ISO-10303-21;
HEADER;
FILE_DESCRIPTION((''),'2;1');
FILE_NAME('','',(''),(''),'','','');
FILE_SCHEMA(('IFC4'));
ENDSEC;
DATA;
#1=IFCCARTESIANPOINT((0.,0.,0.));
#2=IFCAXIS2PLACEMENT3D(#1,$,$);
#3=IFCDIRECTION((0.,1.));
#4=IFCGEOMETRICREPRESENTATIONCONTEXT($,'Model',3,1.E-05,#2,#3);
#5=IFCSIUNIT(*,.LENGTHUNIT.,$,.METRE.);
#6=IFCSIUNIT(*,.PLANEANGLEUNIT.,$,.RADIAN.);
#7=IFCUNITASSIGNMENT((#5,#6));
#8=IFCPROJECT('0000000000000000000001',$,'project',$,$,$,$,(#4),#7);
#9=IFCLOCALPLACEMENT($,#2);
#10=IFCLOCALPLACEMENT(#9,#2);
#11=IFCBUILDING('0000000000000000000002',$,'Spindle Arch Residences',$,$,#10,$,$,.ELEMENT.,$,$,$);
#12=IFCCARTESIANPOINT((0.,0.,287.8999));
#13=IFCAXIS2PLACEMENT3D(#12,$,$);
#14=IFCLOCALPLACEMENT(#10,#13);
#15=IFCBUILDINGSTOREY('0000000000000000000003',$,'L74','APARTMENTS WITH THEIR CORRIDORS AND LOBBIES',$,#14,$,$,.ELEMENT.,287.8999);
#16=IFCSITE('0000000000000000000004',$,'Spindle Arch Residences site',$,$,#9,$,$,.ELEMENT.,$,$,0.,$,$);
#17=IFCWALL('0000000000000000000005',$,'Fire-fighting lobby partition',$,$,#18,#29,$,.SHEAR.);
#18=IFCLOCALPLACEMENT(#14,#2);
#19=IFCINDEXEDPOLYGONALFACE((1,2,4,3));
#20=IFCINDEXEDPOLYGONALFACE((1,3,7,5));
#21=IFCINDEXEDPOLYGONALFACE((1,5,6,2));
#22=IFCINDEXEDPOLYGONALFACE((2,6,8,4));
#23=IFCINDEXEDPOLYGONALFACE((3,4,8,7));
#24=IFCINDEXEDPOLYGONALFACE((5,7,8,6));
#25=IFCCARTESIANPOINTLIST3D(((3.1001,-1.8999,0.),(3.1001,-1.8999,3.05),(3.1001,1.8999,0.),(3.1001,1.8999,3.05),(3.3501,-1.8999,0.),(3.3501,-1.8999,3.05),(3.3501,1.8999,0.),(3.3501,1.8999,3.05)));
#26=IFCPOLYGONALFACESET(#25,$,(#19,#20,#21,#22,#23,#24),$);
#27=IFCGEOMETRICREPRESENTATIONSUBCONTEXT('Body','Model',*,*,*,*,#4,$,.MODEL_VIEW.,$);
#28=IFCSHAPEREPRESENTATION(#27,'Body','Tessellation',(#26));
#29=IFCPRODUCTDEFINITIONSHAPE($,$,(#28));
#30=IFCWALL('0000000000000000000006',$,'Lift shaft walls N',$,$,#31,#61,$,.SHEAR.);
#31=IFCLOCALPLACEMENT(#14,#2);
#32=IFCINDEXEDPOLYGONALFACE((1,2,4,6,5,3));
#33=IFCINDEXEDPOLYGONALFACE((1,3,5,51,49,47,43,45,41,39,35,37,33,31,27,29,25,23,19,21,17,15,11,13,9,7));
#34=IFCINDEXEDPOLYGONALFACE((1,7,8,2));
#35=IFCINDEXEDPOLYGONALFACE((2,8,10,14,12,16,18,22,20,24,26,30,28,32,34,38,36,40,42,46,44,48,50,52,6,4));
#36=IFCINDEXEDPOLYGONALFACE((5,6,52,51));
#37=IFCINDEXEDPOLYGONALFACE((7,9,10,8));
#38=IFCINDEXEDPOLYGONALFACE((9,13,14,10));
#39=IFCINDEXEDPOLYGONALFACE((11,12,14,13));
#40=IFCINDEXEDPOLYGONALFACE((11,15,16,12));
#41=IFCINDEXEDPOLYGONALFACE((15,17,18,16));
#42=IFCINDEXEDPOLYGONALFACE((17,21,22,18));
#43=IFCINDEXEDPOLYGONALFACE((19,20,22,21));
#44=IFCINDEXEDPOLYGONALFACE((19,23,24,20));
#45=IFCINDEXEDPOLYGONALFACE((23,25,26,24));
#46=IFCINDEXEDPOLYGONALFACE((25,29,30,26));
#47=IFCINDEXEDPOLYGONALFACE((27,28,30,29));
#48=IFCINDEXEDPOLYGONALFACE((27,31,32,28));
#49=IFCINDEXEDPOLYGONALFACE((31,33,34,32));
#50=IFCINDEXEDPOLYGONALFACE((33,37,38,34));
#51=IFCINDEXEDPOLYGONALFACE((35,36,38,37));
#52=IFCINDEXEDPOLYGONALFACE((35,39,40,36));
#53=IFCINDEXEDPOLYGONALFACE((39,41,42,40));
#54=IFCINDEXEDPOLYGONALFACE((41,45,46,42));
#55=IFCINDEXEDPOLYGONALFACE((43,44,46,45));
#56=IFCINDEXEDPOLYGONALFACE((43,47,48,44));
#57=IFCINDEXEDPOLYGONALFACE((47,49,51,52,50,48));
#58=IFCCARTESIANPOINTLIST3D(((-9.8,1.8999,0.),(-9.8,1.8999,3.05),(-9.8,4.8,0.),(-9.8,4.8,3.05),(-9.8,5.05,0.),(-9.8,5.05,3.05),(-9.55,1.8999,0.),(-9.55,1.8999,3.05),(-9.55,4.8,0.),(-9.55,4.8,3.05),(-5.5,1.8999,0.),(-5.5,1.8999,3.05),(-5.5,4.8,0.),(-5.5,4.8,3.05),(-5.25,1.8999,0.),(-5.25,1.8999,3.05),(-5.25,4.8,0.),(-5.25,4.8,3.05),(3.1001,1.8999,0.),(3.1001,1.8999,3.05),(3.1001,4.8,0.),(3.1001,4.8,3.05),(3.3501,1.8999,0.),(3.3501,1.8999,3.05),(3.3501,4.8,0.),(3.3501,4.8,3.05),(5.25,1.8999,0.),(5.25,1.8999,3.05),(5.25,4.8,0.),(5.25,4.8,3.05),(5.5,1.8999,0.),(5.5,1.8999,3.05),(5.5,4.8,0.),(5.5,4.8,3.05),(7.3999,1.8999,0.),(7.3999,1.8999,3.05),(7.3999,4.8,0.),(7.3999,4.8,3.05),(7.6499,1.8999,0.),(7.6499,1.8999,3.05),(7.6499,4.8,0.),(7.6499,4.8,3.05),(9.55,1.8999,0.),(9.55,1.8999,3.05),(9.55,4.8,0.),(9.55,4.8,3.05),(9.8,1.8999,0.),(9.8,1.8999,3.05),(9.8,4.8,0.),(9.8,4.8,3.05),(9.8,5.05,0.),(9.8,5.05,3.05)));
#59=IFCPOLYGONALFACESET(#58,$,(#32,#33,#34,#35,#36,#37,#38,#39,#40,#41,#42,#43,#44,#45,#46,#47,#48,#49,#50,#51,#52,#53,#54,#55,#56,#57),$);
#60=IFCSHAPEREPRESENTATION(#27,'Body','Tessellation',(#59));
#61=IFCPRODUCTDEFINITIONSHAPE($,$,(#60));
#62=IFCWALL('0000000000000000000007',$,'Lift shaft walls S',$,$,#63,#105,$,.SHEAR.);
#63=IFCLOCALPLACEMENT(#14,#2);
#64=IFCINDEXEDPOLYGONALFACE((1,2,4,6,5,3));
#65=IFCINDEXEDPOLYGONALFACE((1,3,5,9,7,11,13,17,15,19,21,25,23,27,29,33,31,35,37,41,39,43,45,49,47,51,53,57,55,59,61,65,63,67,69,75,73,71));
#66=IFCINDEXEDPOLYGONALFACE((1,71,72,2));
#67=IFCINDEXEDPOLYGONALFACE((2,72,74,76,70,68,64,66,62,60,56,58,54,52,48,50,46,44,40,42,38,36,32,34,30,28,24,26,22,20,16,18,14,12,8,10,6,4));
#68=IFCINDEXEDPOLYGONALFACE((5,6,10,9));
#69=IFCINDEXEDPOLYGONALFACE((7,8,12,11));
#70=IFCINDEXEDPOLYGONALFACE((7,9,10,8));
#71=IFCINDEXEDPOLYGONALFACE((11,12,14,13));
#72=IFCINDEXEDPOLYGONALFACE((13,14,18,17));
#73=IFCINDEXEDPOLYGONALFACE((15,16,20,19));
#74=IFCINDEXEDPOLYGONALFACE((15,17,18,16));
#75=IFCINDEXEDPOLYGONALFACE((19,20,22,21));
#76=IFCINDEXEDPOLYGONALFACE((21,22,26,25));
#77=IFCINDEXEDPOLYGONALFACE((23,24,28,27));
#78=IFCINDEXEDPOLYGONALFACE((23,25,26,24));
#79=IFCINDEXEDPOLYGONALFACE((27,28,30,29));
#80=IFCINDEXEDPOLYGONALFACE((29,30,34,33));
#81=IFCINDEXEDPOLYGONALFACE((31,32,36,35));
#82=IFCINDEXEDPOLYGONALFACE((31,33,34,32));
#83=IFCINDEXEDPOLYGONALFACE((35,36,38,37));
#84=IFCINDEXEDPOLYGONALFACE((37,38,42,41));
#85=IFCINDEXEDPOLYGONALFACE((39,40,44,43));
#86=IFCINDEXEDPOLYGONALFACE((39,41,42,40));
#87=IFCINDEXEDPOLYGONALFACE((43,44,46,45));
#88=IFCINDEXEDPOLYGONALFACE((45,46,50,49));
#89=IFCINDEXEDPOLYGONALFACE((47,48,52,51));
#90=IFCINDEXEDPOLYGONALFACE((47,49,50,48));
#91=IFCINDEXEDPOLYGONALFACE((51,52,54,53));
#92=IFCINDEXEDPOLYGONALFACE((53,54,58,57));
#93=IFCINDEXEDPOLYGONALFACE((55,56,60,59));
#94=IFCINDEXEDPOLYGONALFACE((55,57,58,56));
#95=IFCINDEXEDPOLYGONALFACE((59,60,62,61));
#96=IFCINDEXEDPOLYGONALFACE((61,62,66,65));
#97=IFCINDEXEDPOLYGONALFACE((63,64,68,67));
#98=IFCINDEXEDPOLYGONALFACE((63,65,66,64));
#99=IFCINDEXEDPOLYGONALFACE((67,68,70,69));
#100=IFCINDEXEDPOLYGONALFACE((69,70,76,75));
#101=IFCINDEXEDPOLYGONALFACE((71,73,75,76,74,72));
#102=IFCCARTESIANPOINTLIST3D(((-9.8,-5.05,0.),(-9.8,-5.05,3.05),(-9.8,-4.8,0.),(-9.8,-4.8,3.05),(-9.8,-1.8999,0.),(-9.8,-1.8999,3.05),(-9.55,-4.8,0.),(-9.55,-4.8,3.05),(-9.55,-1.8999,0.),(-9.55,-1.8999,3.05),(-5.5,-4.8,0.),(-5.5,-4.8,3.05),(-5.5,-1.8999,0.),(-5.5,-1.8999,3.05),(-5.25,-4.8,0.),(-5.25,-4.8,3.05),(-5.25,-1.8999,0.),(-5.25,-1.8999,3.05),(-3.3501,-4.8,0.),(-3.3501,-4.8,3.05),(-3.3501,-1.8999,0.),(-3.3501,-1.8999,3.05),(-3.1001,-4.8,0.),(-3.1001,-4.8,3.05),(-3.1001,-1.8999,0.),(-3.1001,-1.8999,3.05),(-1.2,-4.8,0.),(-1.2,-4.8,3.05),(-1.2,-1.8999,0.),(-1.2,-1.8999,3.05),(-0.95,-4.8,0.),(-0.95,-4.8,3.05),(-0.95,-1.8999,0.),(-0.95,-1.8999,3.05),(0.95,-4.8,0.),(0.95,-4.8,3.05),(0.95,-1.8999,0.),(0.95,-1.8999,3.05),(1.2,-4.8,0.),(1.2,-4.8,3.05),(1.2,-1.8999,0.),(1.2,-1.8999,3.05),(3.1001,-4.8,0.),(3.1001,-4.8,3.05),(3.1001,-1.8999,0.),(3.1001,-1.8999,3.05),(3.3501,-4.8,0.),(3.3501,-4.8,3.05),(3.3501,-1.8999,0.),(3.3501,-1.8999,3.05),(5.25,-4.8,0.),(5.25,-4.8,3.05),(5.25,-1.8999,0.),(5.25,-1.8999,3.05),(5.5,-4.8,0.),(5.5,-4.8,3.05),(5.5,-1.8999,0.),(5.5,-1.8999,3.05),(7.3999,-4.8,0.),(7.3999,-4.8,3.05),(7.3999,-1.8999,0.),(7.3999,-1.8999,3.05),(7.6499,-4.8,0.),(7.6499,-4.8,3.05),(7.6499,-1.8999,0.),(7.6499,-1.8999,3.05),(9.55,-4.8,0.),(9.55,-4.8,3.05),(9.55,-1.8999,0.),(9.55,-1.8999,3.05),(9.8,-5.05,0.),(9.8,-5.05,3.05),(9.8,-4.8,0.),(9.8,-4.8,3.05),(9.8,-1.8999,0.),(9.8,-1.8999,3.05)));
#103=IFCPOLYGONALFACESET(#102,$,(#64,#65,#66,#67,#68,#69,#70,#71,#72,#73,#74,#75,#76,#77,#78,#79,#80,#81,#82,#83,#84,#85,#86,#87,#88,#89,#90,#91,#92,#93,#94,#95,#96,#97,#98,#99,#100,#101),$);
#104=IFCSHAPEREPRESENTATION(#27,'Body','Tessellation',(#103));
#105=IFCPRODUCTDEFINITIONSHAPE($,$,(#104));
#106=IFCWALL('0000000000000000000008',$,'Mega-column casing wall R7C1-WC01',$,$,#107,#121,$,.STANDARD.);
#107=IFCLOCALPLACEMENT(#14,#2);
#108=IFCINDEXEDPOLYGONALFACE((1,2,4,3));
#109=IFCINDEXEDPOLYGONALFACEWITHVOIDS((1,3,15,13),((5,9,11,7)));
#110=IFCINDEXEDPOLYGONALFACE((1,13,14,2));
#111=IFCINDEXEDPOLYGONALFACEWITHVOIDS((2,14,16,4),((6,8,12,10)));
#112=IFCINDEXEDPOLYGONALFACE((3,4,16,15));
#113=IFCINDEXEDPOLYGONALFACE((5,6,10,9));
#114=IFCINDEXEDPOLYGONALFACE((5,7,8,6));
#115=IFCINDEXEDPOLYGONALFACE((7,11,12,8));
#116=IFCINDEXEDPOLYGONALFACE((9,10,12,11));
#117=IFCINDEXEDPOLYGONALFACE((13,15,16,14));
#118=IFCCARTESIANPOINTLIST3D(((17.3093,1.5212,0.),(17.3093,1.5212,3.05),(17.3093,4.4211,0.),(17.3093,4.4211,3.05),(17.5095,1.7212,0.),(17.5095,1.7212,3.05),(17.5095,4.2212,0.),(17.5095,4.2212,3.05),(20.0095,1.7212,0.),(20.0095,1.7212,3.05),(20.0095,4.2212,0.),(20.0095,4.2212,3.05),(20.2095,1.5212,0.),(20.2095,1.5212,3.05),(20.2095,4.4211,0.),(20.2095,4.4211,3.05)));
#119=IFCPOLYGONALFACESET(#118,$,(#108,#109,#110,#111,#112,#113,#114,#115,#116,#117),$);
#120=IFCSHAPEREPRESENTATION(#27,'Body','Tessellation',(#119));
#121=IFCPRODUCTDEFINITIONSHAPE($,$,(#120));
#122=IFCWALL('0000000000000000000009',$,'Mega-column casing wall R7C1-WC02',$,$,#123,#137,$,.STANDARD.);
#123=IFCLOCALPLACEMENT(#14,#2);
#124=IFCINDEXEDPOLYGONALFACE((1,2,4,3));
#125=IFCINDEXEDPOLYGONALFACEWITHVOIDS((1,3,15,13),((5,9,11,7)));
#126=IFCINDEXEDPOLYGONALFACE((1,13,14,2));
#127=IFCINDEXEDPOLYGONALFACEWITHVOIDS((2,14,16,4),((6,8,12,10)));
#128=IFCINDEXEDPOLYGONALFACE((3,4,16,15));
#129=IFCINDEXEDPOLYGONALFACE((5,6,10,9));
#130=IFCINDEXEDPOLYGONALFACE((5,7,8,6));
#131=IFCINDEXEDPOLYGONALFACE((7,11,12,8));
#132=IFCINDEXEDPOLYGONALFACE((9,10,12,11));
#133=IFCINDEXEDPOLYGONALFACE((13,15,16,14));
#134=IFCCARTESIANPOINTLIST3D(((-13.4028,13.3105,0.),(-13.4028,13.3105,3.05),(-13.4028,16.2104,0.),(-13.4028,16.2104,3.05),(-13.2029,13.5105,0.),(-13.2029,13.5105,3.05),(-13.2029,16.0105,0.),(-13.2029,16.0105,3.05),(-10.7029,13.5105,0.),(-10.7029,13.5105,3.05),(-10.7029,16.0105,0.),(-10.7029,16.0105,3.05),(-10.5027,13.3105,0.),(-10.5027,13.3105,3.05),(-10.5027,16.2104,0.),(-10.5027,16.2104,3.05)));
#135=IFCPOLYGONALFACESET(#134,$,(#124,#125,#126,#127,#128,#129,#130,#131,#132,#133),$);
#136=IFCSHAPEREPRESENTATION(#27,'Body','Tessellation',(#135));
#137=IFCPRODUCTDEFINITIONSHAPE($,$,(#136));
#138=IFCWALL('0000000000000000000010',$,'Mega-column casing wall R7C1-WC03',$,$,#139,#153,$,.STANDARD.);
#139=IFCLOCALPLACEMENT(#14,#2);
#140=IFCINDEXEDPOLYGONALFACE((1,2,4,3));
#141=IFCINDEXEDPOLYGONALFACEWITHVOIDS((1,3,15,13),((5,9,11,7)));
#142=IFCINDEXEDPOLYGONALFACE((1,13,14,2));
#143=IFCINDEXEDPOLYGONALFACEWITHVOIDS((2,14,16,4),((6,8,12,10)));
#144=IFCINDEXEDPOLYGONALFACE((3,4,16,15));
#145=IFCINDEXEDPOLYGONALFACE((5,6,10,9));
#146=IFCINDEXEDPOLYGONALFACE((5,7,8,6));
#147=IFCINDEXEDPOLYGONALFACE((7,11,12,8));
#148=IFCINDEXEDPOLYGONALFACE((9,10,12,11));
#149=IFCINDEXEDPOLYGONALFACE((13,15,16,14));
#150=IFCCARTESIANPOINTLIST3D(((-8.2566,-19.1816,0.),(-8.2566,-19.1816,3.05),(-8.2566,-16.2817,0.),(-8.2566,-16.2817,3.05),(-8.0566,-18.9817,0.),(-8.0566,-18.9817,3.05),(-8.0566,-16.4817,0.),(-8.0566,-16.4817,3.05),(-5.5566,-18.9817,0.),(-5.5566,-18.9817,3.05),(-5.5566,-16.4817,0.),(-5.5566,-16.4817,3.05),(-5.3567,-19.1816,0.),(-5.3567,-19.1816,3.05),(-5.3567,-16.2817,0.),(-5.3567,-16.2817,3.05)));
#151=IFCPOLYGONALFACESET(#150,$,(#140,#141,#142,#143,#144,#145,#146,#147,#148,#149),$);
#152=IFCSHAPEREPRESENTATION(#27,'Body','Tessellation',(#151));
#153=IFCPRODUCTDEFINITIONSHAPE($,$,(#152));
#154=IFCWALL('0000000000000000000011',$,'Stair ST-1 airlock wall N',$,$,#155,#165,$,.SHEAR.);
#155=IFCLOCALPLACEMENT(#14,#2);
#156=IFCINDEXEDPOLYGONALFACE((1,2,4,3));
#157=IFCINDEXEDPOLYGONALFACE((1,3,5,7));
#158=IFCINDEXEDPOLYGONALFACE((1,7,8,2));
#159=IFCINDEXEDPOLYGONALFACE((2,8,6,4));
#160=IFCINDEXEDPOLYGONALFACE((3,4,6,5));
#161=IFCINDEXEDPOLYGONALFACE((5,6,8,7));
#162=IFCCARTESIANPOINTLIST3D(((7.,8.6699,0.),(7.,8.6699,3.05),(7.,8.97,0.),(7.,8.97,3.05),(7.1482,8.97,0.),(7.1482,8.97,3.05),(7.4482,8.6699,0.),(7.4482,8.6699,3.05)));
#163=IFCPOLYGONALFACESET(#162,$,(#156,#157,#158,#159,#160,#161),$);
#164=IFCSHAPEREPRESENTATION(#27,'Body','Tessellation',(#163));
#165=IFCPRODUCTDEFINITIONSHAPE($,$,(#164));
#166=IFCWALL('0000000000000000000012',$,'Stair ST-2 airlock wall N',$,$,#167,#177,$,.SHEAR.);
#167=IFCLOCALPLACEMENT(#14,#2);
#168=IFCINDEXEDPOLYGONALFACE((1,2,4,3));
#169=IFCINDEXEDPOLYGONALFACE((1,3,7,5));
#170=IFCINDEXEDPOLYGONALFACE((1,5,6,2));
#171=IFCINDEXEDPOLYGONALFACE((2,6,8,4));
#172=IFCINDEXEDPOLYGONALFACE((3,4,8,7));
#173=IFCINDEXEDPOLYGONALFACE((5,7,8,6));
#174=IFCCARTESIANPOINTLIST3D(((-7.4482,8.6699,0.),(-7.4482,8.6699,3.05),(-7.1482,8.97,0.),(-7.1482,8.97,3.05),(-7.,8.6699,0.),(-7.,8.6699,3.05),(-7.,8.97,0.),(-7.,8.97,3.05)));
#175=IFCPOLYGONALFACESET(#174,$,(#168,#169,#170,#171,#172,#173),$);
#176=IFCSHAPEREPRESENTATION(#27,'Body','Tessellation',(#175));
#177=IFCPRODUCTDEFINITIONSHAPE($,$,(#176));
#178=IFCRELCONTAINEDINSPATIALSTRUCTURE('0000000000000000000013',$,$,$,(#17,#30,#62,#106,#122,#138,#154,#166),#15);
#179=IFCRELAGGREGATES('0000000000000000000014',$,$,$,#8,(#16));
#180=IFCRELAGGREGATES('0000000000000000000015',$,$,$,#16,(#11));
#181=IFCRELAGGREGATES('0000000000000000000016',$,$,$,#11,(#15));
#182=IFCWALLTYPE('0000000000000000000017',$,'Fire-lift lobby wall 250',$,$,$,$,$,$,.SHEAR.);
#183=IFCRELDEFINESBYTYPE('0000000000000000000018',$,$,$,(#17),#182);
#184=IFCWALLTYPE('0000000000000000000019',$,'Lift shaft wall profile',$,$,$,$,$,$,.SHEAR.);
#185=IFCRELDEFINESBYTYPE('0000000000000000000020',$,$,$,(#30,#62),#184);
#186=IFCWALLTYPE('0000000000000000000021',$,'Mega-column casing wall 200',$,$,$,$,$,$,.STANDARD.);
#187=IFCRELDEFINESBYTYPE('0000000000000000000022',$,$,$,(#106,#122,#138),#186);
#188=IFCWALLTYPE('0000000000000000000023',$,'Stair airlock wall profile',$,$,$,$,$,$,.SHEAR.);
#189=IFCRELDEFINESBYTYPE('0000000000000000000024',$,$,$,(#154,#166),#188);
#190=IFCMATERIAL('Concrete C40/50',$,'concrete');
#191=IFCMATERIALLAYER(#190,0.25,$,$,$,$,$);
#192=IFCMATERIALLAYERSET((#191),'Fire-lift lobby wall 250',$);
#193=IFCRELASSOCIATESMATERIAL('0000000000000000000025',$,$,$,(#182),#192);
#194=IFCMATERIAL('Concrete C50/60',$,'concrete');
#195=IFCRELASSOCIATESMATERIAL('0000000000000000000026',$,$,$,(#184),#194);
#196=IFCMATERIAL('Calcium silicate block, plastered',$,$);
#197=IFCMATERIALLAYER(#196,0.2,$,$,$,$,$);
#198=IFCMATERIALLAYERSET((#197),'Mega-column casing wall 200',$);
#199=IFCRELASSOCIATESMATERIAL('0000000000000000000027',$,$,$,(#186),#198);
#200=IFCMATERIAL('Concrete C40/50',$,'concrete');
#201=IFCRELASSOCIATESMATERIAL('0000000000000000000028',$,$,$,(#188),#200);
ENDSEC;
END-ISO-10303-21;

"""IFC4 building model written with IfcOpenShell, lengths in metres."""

from ifc_helpers import new_model, si_unit, direction, frame, frame_2d, origin, place, context, subcontext, project, spatial, polyline, rectangle, outline, extrude, material, layer, layer_set, type_object, element, save


model = new_model("IFC4")

# Units and contexts
model_context = context("Model", 3, precision=1e-05, world=origin(), true_north=direction((0.0, 1.0)))
body_context = subcontext(model_context, "Body", "Model", "MODEL_VIEW")
ifc_project = project(units=[si_unit("LENGTHUNIT", "METRE"), si_unit("PLANEANGLEUNIT", "RADIAN")], contexts=[model_context])

# Site, building, storey
site_placement = place(None, origin())
site = spatial("IfcSite", under=ifc_project, at=site_placement, Name="Spindle Arch Residences site", CompositionType="ELEMENT", RefElevation=0.0)
building_placement = place(site_placement, origin())
building = spatial("IfcBuilding", under=site, at=building_placement, Name="Spindle Arch Residences", CompositionType="ELEMENT")
storey_placement = place(building_placement, frame((0.0, 0.0, 287.8999)))
storey = spatial("IfcBuildingStorey", under=building, at=storey_placement, Name="L74", Description="APARTMENTS WITH THEIR CORRIDORS AND LOBBIES", CompositionType="ELEMENT", Elevation=287.8999)

# Wall
ifc_material_1 = material(Name="Concrete C40/50", Category="concrete")
ifc_layer_1 = layer(ifc_material_1, 0.25)
ifc_layer_set_1 = layer_set([ifc_layer_1], Name="Fire-lift lobby wall 250")
wall_type_1 = type_object("IfcWallType", Name="Fire-lift lobby wall 250", PredefinedType="SHEAR", material=ifc_layer_set_1)
wall_1_placement = place(storey_placement, frame((3.2251, -1.8999, 0.0), z_axis=(0.0, 0.0, 1.0), x_axis=(0.0, 1.0, 0.0)))
element("IfcWall", 1, at=wall_1_placement, inside=storey, type_object=wall_type_1, Name="Fire-fighting lobby partition", PredefinedType="SHEAR", context=body_context, shape_type="SweptSolid", body=[
    extrude(rectangle(XDim=3.7998, YDim=0.25, at=frame_2d((1.8999, 0.0))), origin(), (0.0, 0.0, 1.0), 3.05),
])

# Walls
ifc_material_2 = material(Name="Concrete C50/60", Category="concrete")
wall_type_2 = type_object("IfcWallType", Name="Lift shaft wall profile", PredefinedType="SHEAR", material=ifc_material_2)
wall_2_placement = place(storey_placement, origin())
element("IfcWall", 2, at=wall_2_placement, inside=storey, type_object=wall_type_2, Name="Lift shaft walls N", PredefinedType="SHEAR", context=body_context, shape_type="SweptSolid", body=[
    extrude(outline(polyline([(-9.8, 1.8999), (-9.55, 1.8999), (-9.55, 4.8), (-5.5, 4.8), (-5.5, 1.8999), (-5.25, 1.8999), (-5.25, 4.8), (3.1001, 4.8), (3.1001, 1.8999), (3.3501, 1.8999), (3.3501, 4.8), (5.25, 4.8), (5.25, 1.8999), (5.5, 1.8999), (5.5, 4.8), (7.3999, 4.8), (7.3999, 1.8999), (7.6499, 1.8999), (7.6499, 4.8), (9.55, 4.8), (9.55, 1.8999), (9.8, 1.8999), (9.8, 4.8), (9.8, 5.05), (-9.8, 5.05), (-9.8, 4.8), (-9.8, 1.8999)])), origin(), (0.0, 0.0, 1.0), 3.05),
])
wall_3_placement = place(storey_placement, origin())
element("IfcWall", 3, at=wall_3_placement, inside=storey, type_object=wall_type_2, Name="Lift shaft walls S", PredefinedType="SHEAR", context=body_context, shape_type="SweptSolid", body=[
    extrude(outline(polyline([(9.8, -5.05), (9.8, -4.8), (9.8, -1.8999), (9.55, -1.8999), (9.55, -4.8), (7.6499, -4.8), (7.6499, -1.8999), (7.3999, -1.8999), (7.3999, -4.8), (5.5, -4.8), (5.5, -1.8999), (5.25, -1.8999), (5.25, -4.8), (3.3501, -4.8), (3.3501, -1.8999), (3.1001, -1.8999), (3.1001, -4.8), (1.2, -4.8), (1.2, -1.8999), (0.95, -1.8999), (0.95, -4.8), (-0.95, -4.8), (-0.95, -1.8999), (-1.2, -1.8999), (-1.2, -4.8), (-3.1001, -4.8), (-3.1001, -1.8999), (-3.3501, -1.8999), (-3.3501, -4.8), (-5.25, -4.8), (-5.25, -1.8999), (-5.5, -1.8999), (-5.5, -4.8), (-9.55, -4.8), (-9.55, -1.8999), (-9.8, -1.8999), (-9.8, -4.8), (-9.8, -5.05), (9.8, -5.05)])), origin(), (0.0, 0.0, 1.0), 3.05),
])
ifc_material_3 = material(Name="Calcium silicate block, plastered")
ifc_layer_2 = layer(ifc_material_3, 0.2)
ifc_layer_set_2 = layer_set([ifc_layer_2], Name="Mega-column casing wall 200")
wall_type_3 = type_object("IfcWallType", Name="Mega-column casing wall 200", PredefinedType="STANDARD", material=ifc_layer_set_2)
wall_4_placement = place(storey_placement, origin())
element("IfcWall", 4, at=wall_4_placement, inside=storey, type_object=wall_type_3, Name="Mega-column casing wall R7C1-WC01", PredefinedType="STANDARD", context=body_context, shape_type="SweptSolid", body=[
    extrude(outline(polyline([(20.2095, 4.4211), (20.2095, 1.5212), (17.3093, 1.5212), (17.3093, 4.4211), (20.2095, 4.4211)]), holes=[polyline([(17.5095, 1.7212), (20.0095, 1.7212), (20.0095, 4.2212), (17.5095, 4.2212), (17.5095, 1.7212)])]), origin(), (0.0, 0.0, 1.0), 3.05),
])
wall_5_placement = place(storey_placement, origin())
element("IfcWall", 5, at=wall_5_placement, inside=storey, type_object=wall_type_3, Name="Mega-column casing wall R7C1-WC02", PredefinedType="STANDARD", context=body_context, shape_type="SweptSolid", body=[
    extrude(outline(polyline([(-10.5027, 16.2104), (-10.5027, 13.3105), (-13.4028, 13.3105), (-13.4028, 16.2104), (-10.5027, 16.2104)]), holes=[polyline([(-13.2029, 13.5105), (-10.7029, 13.5105), (-10.7029, 16.0105), (-13.2029, 16.0105), (-13.2029, 13.5105)])]), origin(), (0.0, 0.0, 1.0), 3.05),
])
wall_6_placement = place(storey_placement, origin())
element("IfcWall", 6, at=wall_6_placement, inside=storey, type_object=wall_type_3, Name="Mega-column casing wall R7C1-WC03", PredefinedType="STANDARD", context=body_context, shape_type="SweptSolid", body=[
    extrude(outline(polyline([(-5.3567, -16.2817), (-5.3567, -19.1816), (-8.2566, -19.1816), (-8.2566, -16.2817), (-5.3567, -16.2817)]), holes=[polyline([(-8.0566, -18.9817), (-5.5566, -18.9817), (-5.5566, -16.4817), (-8.0566, -16.4817), (-8.0566, -18.9817)])]), origin(), (0.0, 0.0, 1.0), 3.05),
])
ifc_material_4 = material(Name="Concrete C40/50", Category="concrete")
wall_type_4 = type_object("IfcWallType", Name="Stair airlock wall profile", PredefinedType="SHEAR", material=ifc_material_4)
wall_7_placement = place(storey_placement, origin())
element("IfcWall", 7, at=wall_7_placement, inside=storey, type_object=wall_type_4, Name="Stair ST-1 airlock wall N", PredefinedType="SHEAR", context=body_context, shape_type="SweptSolid", body=[
    extrude(outline(polyline([(7.4482, 8.6699), (7.0, 8.6699), (7.0, 8.97), (7.1482, 8.97), (7.4482, 8.6699)])), origin(), (0.0, 0.0, 1.0), 3.05),
])
wall_8_placement = place(storey_placement, origin())
element("IfcWall", 8, at=wall_8_placement, inside=storey, type_object=wall_type_4, Name="Stair ST-2 airlock wall N", PredefinedType="SHEAR", context=body_context, shape_type="SweptSolid", body=[
    extrude(outline(polyline([(-7.1482, 8.97), (-7.0, 8.97), (-7.0, 8.6699), (-7.4482, 8.6699), (-7.1482, 8.97)])), origin(), (0.0, 0.0, 1.0), 3.05),
])

save(model, "model.ifc")
